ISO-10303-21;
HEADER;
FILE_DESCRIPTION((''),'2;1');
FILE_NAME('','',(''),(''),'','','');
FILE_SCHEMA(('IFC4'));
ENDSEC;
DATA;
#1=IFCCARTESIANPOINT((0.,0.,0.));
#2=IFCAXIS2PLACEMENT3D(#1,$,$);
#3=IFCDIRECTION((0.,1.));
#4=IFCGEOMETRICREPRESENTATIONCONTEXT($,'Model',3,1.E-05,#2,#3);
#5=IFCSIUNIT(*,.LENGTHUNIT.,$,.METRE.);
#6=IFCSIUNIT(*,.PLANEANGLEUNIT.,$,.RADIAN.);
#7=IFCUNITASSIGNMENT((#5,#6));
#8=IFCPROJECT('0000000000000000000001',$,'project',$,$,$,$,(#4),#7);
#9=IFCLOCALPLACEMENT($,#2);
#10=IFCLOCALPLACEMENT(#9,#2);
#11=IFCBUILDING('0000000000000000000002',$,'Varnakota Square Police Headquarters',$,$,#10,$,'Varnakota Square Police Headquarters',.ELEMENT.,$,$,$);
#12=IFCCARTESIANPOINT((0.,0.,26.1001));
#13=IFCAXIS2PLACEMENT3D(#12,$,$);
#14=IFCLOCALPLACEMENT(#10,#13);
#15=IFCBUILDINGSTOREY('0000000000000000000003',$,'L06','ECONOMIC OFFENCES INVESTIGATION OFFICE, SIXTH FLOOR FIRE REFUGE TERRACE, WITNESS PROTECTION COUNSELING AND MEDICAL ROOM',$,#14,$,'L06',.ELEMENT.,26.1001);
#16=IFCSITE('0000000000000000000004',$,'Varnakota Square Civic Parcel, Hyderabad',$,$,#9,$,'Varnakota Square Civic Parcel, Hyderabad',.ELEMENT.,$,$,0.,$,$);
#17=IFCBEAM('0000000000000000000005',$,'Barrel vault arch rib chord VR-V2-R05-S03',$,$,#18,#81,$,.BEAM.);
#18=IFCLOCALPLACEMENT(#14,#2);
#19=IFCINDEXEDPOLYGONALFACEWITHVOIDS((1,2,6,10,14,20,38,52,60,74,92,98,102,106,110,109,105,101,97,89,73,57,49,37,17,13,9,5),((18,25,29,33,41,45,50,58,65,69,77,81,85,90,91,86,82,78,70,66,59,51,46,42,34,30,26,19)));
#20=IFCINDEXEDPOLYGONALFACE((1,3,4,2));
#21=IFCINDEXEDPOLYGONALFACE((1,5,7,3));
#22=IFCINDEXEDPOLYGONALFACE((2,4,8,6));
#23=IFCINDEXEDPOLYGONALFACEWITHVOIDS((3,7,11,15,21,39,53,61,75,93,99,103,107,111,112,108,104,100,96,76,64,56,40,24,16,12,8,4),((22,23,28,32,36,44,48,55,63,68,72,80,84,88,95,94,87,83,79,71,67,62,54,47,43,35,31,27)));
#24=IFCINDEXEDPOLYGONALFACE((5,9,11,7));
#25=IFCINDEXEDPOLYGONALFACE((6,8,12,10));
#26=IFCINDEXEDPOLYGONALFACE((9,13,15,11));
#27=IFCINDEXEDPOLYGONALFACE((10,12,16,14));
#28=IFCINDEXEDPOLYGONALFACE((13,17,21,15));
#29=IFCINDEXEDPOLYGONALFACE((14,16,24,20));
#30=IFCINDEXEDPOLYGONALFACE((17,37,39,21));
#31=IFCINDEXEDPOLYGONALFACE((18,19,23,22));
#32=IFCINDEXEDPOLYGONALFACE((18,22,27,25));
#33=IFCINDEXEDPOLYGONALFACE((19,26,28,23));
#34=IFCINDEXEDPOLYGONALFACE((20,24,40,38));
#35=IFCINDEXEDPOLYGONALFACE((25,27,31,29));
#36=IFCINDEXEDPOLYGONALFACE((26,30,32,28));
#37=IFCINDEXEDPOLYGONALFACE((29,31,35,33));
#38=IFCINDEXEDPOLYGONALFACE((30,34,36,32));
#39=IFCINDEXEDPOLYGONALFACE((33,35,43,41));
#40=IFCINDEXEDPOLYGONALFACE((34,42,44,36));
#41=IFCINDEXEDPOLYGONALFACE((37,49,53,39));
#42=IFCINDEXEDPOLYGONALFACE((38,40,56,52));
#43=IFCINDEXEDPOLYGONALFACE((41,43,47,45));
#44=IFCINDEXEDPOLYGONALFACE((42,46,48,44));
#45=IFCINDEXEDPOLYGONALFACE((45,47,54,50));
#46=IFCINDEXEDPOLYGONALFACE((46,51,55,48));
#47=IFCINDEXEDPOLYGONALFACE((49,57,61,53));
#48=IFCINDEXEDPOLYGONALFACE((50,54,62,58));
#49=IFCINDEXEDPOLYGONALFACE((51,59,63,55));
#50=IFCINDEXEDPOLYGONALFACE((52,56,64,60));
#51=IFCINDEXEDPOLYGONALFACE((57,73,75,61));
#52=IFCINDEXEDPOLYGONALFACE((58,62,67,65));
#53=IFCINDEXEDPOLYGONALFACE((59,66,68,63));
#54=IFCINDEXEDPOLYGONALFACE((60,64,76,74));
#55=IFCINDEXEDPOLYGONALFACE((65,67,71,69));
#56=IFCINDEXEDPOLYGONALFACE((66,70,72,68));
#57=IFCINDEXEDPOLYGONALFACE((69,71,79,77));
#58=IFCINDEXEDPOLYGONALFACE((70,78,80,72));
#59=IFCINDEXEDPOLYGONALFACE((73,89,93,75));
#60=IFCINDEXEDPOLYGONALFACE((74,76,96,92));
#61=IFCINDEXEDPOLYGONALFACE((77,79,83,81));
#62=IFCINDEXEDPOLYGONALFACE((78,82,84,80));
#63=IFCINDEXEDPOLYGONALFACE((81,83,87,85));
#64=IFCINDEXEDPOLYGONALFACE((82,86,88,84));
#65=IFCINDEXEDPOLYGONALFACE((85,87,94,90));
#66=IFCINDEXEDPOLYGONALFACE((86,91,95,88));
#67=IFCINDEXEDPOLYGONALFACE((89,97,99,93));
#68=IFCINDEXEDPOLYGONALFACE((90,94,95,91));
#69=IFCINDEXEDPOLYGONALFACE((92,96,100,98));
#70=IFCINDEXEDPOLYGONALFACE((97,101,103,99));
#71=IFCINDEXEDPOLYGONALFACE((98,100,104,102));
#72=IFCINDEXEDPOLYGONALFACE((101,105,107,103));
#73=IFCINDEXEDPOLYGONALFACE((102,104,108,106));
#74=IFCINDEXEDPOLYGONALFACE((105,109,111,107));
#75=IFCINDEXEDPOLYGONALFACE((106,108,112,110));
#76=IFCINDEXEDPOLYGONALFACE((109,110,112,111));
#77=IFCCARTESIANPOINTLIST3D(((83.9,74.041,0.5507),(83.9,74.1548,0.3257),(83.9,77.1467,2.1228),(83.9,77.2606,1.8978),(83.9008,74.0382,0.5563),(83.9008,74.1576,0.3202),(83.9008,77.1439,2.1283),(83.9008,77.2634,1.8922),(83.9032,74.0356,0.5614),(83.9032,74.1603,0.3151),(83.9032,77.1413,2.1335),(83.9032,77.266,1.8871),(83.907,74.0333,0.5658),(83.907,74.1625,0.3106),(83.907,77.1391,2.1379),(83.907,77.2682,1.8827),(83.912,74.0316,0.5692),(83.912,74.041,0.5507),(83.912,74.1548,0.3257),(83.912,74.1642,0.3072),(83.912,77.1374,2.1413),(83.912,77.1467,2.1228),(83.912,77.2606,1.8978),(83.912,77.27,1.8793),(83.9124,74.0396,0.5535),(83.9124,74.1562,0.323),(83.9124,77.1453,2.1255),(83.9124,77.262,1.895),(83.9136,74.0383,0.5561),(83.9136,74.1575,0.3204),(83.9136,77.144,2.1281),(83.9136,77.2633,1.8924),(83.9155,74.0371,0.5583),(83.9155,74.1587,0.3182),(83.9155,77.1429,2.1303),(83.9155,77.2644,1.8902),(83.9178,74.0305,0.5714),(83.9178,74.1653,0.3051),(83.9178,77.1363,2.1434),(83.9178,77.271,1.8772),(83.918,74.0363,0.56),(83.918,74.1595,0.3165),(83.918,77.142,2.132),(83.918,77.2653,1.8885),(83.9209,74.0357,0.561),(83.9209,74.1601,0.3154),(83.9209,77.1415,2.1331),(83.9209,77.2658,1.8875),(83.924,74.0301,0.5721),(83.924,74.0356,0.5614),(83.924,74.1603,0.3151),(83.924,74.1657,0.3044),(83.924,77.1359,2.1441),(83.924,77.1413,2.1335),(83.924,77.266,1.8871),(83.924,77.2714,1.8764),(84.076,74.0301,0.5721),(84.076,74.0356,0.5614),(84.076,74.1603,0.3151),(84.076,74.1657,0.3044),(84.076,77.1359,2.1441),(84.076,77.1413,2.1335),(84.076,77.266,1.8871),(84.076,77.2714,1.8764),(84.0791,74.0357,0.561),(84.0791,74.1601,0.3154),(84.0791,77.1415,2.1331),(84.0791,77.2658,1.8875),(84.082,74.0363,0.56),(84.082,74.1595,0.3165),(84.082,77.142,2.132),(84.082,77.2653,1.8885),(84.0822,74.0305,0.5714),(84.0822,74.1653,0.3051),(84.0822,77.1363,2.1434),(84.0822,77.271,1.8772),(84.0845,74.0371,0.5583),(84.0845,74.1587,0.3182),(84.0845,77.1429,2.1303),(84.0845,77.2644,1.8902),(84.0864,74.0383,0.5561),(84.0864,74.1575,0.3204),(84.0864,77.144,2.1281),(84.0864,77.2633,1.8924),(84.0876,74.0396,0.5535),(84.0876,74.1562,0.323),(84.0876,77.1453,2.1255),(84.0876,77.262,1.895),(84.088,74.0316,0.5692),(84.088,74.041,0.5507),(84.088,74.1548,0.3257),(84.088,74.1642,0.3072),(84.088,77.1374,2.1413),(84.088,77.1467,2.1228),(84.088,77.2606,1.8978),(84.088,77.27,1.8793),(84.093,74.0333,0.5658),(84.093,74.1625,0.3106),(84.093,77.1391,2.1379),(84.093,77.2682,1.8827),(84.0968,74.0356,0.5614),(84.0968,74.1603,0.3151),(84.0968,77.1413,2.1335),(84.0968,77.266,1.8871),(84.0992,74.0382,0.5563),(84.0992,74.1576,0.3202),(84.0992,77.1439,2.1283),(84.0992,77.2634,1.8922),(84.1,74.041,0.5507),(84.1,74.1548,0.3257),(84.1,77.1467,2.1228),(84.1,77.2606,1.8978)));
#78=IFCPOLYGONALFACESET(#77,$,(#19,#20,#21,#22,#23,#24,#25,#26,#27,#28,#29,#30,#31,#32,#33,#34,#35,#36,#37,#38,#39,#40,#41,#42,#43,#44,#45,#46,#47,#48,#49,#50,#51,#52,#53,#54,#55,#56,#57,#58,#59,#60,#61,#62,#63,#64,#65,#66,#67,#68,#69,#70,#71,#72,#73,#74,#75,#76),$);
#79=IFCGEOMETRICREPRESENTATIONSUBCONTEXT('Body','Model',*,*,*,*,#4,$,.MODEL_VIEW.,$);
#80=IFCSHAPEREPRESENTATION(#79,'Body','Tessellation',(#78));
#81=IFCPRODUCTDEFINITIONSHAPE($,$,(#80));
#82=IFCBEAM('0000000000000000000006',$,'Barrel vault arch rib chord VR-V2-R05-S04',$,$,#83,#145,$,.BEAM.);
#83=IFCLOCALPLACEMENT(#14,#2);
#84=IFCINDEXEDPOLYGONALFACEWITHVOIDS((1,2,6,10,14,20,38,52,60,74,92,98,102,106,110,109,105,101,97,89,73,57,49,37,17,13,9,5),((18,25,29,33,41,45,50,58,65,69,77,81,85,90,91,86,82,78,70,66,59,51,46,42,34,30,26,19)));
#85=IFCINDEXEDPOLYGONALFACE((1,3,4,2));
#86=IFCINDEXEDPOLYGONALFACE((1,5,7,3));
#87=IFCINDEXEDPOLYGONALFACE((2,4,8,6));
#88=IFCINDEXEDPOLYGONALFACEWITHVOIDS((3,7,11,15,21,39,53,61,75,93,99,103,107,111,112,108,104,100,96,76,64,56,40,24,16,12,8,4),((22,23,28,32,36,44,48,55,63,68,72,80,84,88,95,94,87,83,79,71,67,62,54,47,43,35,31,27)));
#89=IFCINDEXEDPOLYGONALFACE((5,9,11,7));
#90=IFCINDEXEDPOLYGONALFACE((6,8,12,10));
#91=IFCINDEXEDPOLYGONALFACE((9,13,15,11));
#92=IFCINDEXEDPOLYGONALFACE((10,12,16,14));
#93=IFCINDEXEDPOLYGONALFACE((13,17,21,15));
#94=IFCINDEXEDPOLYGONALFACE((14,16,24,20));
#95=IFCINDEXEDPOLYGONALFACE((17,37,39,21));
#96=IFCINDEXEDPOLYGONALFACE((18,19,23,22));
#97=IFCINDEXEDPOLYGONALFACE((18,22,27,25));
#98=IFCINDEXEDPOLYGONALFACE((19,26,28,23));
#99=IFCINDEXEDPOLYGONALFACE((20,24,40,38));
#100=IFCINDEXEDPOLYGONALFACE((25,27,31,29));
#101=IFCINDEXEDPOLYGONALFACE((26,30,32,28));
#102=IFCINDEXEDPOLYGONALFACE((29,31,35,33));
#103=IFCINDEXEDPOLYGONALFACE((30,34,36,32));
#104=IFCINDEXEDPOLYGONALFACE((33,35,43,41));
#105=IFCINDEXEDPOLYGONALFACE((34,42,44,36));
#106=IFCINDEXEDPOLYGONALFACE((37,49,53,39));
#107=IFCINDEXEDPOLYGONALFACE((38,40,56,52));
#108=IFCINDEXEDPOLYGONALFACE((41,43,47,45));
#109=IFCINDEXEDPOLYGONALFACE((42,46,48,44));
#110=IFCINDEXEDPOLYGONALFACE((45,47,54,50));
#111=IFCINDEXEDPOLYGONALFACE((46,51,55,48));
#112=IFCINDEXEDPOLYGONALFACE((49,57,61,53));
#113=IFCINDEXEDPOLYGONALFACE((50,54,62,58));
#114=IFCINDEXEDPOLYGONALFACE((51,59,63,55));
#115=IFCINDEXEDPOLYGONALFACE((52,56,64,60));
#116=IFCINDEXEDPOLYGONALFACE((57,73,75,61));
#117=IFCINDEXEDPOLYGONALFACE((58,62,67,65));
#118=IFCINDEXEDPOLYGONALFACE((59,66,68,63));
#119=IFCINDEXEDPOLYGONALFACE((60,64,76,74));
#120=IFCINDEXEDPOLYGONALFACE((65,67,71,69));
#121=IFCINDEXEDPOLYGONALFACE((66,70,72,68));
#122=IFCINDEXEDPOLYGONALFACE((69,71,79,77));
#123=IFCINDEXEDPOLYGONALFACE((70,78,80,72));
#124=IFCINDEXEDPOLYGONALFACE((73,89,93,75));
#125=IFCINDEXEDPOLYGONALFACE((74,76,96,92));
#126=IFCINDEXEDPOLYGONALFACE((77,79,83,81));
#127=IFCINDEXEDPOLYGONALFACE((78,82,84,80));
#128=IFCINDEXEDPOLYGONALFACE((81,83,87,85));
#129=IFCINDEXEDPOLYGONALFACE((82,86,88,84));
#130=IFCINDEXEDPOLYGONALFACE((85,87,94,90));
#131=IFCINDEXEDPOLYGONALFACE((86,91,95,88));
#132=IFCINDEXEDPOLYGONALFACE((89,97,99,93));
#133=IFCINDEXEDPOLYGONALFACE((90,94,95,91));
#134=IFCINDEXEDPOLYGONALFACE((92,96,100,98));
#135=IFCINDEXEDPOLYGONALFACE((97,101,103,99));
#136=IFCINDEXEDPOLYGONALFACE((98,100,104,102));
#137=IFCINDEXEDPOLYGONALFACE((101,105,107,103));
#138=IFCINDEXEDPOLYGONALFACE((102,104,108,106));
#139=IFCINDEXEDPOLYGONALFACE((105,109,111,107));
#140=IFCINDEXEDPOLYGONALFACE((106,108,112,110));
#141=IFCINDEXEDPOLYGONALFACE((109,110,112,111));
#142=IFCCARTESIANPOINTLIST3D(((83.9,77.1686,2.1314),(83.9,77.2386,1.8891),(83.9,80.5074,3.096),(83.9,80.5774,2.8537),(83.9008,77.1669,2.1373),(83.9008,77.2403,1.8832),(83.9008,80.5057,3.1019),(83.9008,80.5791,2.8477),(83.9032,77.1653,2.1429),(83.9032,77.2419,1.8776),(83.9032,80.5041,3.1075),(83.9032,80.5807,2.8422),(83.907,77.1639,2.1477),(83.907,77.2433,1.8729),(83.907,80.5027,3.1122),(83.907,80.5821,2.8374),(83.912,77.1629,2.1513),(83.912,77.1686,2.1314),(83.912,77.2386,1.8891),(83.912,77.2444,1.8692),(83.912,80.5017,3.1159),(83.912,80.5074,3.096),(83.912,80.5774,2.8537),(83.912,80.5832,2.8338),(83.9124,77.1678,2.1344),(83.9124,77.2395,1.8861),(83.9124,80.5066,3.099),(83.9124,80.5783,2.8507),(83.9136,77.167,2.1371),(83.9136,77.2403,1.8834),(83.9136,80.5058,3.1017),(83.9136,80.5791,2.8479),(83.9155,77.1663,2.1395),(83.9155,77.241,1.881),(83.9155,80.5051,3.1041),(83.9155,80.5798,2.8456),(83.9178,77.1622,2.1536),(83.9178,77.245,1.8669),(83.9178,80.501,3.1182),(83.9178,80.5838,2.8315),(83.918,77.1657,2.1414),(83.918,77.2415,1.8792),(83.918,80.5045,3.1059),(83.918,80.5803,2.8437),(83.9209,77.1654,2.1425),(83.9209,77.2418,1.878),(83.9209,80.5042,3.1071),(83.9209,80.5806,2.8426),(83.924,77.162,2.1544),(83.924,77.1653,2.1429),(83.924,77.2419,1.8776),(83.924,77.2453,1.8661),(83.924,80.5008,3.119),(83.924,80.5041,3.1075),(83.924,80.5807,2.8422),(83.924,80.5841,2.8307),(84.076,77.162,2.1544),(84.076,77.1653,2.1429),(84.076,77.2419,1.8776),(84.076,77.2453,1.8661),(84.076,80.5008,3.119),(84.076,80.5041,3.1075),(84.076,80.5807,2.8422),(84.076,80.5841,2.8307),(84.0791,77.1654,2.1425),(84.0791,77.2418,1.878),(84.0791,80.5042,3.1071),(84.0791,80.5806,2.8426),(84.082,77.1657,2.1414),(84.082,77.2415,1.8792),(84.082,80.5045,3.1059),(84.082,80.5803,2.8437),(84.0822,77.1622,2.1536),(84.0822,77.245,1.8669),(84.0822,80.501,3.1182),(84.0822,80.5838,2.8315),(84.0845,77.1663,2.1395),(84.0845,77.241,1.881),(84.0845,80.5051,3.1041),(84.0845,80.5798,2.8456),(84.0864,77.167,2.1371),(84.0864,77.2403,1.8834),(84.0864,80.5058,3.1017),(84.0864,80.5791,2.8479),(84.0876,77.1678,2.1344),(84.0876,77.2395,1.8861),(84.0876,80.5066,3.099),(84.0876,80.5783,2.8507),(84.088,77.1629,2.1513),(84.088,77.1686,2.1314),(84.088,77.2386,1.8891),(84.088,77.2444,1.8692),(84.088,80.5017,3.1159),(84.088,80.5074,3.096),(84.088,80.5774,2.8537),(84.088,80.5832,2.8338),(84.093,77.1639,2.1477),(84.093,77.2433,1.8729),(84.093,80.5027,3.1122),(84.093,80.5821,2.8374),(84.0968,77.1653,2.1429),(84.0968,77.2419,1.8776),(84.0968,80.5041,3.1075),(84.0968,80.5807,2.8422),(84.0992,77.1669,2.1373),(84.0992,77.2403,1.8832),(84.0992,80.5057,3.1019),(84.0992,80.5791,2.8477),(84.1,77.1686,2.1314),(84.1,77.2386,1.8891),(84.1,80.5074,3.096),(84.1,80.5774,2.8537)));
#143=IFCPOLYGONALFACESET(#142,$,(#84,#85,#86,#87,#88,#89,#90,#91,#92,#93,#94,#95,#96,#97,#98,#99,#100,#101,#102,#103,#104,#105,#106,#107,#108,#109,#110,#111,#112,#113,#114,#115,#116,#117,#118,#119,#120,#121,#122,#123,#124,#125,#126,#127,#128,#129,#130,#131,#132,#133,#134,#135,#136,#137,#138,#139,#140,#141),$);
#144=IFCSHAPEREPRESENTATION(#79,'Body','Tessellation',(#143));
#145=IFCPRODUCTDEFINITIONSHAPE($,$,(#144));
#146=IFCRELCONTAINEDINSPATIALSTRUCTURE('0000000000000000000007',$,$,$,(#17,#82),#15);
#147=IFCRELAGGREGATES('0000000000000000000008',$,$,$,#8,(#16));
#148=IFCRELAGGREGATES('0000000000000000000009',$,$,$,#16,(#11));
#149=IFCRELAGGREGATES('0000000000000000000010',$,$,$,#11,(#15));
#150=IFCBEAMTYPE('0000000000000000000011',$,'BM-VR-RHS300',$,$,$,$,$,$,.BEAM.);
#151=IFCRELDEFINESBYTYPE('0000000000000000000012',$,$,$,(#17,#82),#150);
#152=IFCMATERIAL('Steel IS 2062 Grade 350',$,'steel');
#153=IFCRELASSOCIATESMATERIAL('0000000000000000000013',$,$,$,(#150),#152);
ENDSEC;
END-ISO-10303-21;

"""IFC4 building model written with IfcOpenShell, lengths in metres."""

from ifc_helpers import new_model, si_unit, direction, frame, origin, origin_2d, place, context, subcontext, project, spatial, hollow_rectangle, extrude, material, material_profile, profile_set, type_object, element, save


model = new_model("IFC4")

# Units and contexts
model_context = context("Model", 3, precision=1e-05, world=origin(), true_north=direction((0.0, 1.0)))
body_context = subcontext(model_context, "Body", "Model", "MODEL_VIEW")
ifc_project = project(units=[si_unit("LENGTHUNIT", "METRE"), si_unit("PLANEANGLEUNIT", "RADIAN")], contexts=[model_context])

# Site, building, storey
site_placement = place(None, origin())
site = spatial("IfcSite", under=ifc_project, at=site_placement, Name="Varnakota Square Civic Parcel, Hyderabad", LongName="Varnakota Square Civic Parcel, Hyderabad", CompositionType="ELEMENT", RefElevation=0.0)
building_placement = place(site_placement, origin())
building = spatial("IfcBuilding", under=site, at=building_placement, Name="Varnakota Square Police Headquarters", LongName="Varnakota Square Police Headquarters", CompositionType="ELEMENT")
storey_placement = place(building_placement, frame((0.0, 0.0, 26.1001)))
storey = spatial("IfcBuildingStorey", under=building, at=storey_placement, Name="L06", Description="ECONOMIC OFFENCES INVESTIGATION OFFICE, SIXTH FLOOR FIRE REFUGE TERRACE, WITNESS PROTECTION COUNSELING AND MEDICAL ROOM", LongName="L06", CompositionType="ELEMENT", Elevation=26.1001)

# Beams
ifc_material_1 = material(Name="Steel IS 2062 Grade 350", Category="steel")
ifc_material_profile_1 = material_profile(ifc_material_1, hollow_rectangle(XDim=0.2, YDim=0.3, WallThickness=0.012, InnerFilletRadius=0.012, OuterFilletRadius=0.0239, at=origin_2d()), Name="RHS 300x200x12")
ifc_profile_set_1 = profile_set([ifc_material_profile_1], Name="Steel IS 2062 Grade 350")
beam_type = type_object("IfcBeamType", Name="BM-VR-RHS300", PredefinedType="BEAM", material=ifc_profile_set_1)
beam_1_placement = place(storey_placement, frame((84.0, 74.0979, 0.4382), z_axis=(0.0, 0.892214, 0.451613), x_axis=(-1.0, 0.0, 0.0)))
element("IfcBeam", 1, at=beam_1_placement, inside=storey, type_object=beam_type, Name="Barrel vault arch rib chord VR-V2-R05-S03", PredefinedType="BEAM", context=body_context, shape_type="SweptSolid", body=[
    extrude(hollow_rectangle(XDim=0.2, YDim=0.3, WallThickness=0.012, InnerFilletRadius=0.012, OuterFilletRadius=0.0239, at=origin_2d()), origin(), (0.0, 0.0, 1.0), 3.481),
])
beam_2_placement = place(storey_placement, frame((84.0, 77.2036, 2.0103), z_axis=(0.0, 0.960711, 0.27755), x_axis=(-1.0, 0.0, 0.0)))
element("IfcBeam", 2, at=beam_2_placement, inside=storey, type_object=beam_type, Name="Barrel vault arch rib chord VR-V2-R05-S04", PredefinedType="BEAM", context=body_context, shape_type="SweptSolid", body=[
    extrude(hollow_rectangle(XDim=0.2, YDim=0.3, WallThickness=0.012, InnerFilletRadius=0.012, OuterFilletRadius=0.0239, at=origin_2d()), origin(), (0.0, 0.0, 1.0), 3.4753),
])

save(model, "model.ifc")
